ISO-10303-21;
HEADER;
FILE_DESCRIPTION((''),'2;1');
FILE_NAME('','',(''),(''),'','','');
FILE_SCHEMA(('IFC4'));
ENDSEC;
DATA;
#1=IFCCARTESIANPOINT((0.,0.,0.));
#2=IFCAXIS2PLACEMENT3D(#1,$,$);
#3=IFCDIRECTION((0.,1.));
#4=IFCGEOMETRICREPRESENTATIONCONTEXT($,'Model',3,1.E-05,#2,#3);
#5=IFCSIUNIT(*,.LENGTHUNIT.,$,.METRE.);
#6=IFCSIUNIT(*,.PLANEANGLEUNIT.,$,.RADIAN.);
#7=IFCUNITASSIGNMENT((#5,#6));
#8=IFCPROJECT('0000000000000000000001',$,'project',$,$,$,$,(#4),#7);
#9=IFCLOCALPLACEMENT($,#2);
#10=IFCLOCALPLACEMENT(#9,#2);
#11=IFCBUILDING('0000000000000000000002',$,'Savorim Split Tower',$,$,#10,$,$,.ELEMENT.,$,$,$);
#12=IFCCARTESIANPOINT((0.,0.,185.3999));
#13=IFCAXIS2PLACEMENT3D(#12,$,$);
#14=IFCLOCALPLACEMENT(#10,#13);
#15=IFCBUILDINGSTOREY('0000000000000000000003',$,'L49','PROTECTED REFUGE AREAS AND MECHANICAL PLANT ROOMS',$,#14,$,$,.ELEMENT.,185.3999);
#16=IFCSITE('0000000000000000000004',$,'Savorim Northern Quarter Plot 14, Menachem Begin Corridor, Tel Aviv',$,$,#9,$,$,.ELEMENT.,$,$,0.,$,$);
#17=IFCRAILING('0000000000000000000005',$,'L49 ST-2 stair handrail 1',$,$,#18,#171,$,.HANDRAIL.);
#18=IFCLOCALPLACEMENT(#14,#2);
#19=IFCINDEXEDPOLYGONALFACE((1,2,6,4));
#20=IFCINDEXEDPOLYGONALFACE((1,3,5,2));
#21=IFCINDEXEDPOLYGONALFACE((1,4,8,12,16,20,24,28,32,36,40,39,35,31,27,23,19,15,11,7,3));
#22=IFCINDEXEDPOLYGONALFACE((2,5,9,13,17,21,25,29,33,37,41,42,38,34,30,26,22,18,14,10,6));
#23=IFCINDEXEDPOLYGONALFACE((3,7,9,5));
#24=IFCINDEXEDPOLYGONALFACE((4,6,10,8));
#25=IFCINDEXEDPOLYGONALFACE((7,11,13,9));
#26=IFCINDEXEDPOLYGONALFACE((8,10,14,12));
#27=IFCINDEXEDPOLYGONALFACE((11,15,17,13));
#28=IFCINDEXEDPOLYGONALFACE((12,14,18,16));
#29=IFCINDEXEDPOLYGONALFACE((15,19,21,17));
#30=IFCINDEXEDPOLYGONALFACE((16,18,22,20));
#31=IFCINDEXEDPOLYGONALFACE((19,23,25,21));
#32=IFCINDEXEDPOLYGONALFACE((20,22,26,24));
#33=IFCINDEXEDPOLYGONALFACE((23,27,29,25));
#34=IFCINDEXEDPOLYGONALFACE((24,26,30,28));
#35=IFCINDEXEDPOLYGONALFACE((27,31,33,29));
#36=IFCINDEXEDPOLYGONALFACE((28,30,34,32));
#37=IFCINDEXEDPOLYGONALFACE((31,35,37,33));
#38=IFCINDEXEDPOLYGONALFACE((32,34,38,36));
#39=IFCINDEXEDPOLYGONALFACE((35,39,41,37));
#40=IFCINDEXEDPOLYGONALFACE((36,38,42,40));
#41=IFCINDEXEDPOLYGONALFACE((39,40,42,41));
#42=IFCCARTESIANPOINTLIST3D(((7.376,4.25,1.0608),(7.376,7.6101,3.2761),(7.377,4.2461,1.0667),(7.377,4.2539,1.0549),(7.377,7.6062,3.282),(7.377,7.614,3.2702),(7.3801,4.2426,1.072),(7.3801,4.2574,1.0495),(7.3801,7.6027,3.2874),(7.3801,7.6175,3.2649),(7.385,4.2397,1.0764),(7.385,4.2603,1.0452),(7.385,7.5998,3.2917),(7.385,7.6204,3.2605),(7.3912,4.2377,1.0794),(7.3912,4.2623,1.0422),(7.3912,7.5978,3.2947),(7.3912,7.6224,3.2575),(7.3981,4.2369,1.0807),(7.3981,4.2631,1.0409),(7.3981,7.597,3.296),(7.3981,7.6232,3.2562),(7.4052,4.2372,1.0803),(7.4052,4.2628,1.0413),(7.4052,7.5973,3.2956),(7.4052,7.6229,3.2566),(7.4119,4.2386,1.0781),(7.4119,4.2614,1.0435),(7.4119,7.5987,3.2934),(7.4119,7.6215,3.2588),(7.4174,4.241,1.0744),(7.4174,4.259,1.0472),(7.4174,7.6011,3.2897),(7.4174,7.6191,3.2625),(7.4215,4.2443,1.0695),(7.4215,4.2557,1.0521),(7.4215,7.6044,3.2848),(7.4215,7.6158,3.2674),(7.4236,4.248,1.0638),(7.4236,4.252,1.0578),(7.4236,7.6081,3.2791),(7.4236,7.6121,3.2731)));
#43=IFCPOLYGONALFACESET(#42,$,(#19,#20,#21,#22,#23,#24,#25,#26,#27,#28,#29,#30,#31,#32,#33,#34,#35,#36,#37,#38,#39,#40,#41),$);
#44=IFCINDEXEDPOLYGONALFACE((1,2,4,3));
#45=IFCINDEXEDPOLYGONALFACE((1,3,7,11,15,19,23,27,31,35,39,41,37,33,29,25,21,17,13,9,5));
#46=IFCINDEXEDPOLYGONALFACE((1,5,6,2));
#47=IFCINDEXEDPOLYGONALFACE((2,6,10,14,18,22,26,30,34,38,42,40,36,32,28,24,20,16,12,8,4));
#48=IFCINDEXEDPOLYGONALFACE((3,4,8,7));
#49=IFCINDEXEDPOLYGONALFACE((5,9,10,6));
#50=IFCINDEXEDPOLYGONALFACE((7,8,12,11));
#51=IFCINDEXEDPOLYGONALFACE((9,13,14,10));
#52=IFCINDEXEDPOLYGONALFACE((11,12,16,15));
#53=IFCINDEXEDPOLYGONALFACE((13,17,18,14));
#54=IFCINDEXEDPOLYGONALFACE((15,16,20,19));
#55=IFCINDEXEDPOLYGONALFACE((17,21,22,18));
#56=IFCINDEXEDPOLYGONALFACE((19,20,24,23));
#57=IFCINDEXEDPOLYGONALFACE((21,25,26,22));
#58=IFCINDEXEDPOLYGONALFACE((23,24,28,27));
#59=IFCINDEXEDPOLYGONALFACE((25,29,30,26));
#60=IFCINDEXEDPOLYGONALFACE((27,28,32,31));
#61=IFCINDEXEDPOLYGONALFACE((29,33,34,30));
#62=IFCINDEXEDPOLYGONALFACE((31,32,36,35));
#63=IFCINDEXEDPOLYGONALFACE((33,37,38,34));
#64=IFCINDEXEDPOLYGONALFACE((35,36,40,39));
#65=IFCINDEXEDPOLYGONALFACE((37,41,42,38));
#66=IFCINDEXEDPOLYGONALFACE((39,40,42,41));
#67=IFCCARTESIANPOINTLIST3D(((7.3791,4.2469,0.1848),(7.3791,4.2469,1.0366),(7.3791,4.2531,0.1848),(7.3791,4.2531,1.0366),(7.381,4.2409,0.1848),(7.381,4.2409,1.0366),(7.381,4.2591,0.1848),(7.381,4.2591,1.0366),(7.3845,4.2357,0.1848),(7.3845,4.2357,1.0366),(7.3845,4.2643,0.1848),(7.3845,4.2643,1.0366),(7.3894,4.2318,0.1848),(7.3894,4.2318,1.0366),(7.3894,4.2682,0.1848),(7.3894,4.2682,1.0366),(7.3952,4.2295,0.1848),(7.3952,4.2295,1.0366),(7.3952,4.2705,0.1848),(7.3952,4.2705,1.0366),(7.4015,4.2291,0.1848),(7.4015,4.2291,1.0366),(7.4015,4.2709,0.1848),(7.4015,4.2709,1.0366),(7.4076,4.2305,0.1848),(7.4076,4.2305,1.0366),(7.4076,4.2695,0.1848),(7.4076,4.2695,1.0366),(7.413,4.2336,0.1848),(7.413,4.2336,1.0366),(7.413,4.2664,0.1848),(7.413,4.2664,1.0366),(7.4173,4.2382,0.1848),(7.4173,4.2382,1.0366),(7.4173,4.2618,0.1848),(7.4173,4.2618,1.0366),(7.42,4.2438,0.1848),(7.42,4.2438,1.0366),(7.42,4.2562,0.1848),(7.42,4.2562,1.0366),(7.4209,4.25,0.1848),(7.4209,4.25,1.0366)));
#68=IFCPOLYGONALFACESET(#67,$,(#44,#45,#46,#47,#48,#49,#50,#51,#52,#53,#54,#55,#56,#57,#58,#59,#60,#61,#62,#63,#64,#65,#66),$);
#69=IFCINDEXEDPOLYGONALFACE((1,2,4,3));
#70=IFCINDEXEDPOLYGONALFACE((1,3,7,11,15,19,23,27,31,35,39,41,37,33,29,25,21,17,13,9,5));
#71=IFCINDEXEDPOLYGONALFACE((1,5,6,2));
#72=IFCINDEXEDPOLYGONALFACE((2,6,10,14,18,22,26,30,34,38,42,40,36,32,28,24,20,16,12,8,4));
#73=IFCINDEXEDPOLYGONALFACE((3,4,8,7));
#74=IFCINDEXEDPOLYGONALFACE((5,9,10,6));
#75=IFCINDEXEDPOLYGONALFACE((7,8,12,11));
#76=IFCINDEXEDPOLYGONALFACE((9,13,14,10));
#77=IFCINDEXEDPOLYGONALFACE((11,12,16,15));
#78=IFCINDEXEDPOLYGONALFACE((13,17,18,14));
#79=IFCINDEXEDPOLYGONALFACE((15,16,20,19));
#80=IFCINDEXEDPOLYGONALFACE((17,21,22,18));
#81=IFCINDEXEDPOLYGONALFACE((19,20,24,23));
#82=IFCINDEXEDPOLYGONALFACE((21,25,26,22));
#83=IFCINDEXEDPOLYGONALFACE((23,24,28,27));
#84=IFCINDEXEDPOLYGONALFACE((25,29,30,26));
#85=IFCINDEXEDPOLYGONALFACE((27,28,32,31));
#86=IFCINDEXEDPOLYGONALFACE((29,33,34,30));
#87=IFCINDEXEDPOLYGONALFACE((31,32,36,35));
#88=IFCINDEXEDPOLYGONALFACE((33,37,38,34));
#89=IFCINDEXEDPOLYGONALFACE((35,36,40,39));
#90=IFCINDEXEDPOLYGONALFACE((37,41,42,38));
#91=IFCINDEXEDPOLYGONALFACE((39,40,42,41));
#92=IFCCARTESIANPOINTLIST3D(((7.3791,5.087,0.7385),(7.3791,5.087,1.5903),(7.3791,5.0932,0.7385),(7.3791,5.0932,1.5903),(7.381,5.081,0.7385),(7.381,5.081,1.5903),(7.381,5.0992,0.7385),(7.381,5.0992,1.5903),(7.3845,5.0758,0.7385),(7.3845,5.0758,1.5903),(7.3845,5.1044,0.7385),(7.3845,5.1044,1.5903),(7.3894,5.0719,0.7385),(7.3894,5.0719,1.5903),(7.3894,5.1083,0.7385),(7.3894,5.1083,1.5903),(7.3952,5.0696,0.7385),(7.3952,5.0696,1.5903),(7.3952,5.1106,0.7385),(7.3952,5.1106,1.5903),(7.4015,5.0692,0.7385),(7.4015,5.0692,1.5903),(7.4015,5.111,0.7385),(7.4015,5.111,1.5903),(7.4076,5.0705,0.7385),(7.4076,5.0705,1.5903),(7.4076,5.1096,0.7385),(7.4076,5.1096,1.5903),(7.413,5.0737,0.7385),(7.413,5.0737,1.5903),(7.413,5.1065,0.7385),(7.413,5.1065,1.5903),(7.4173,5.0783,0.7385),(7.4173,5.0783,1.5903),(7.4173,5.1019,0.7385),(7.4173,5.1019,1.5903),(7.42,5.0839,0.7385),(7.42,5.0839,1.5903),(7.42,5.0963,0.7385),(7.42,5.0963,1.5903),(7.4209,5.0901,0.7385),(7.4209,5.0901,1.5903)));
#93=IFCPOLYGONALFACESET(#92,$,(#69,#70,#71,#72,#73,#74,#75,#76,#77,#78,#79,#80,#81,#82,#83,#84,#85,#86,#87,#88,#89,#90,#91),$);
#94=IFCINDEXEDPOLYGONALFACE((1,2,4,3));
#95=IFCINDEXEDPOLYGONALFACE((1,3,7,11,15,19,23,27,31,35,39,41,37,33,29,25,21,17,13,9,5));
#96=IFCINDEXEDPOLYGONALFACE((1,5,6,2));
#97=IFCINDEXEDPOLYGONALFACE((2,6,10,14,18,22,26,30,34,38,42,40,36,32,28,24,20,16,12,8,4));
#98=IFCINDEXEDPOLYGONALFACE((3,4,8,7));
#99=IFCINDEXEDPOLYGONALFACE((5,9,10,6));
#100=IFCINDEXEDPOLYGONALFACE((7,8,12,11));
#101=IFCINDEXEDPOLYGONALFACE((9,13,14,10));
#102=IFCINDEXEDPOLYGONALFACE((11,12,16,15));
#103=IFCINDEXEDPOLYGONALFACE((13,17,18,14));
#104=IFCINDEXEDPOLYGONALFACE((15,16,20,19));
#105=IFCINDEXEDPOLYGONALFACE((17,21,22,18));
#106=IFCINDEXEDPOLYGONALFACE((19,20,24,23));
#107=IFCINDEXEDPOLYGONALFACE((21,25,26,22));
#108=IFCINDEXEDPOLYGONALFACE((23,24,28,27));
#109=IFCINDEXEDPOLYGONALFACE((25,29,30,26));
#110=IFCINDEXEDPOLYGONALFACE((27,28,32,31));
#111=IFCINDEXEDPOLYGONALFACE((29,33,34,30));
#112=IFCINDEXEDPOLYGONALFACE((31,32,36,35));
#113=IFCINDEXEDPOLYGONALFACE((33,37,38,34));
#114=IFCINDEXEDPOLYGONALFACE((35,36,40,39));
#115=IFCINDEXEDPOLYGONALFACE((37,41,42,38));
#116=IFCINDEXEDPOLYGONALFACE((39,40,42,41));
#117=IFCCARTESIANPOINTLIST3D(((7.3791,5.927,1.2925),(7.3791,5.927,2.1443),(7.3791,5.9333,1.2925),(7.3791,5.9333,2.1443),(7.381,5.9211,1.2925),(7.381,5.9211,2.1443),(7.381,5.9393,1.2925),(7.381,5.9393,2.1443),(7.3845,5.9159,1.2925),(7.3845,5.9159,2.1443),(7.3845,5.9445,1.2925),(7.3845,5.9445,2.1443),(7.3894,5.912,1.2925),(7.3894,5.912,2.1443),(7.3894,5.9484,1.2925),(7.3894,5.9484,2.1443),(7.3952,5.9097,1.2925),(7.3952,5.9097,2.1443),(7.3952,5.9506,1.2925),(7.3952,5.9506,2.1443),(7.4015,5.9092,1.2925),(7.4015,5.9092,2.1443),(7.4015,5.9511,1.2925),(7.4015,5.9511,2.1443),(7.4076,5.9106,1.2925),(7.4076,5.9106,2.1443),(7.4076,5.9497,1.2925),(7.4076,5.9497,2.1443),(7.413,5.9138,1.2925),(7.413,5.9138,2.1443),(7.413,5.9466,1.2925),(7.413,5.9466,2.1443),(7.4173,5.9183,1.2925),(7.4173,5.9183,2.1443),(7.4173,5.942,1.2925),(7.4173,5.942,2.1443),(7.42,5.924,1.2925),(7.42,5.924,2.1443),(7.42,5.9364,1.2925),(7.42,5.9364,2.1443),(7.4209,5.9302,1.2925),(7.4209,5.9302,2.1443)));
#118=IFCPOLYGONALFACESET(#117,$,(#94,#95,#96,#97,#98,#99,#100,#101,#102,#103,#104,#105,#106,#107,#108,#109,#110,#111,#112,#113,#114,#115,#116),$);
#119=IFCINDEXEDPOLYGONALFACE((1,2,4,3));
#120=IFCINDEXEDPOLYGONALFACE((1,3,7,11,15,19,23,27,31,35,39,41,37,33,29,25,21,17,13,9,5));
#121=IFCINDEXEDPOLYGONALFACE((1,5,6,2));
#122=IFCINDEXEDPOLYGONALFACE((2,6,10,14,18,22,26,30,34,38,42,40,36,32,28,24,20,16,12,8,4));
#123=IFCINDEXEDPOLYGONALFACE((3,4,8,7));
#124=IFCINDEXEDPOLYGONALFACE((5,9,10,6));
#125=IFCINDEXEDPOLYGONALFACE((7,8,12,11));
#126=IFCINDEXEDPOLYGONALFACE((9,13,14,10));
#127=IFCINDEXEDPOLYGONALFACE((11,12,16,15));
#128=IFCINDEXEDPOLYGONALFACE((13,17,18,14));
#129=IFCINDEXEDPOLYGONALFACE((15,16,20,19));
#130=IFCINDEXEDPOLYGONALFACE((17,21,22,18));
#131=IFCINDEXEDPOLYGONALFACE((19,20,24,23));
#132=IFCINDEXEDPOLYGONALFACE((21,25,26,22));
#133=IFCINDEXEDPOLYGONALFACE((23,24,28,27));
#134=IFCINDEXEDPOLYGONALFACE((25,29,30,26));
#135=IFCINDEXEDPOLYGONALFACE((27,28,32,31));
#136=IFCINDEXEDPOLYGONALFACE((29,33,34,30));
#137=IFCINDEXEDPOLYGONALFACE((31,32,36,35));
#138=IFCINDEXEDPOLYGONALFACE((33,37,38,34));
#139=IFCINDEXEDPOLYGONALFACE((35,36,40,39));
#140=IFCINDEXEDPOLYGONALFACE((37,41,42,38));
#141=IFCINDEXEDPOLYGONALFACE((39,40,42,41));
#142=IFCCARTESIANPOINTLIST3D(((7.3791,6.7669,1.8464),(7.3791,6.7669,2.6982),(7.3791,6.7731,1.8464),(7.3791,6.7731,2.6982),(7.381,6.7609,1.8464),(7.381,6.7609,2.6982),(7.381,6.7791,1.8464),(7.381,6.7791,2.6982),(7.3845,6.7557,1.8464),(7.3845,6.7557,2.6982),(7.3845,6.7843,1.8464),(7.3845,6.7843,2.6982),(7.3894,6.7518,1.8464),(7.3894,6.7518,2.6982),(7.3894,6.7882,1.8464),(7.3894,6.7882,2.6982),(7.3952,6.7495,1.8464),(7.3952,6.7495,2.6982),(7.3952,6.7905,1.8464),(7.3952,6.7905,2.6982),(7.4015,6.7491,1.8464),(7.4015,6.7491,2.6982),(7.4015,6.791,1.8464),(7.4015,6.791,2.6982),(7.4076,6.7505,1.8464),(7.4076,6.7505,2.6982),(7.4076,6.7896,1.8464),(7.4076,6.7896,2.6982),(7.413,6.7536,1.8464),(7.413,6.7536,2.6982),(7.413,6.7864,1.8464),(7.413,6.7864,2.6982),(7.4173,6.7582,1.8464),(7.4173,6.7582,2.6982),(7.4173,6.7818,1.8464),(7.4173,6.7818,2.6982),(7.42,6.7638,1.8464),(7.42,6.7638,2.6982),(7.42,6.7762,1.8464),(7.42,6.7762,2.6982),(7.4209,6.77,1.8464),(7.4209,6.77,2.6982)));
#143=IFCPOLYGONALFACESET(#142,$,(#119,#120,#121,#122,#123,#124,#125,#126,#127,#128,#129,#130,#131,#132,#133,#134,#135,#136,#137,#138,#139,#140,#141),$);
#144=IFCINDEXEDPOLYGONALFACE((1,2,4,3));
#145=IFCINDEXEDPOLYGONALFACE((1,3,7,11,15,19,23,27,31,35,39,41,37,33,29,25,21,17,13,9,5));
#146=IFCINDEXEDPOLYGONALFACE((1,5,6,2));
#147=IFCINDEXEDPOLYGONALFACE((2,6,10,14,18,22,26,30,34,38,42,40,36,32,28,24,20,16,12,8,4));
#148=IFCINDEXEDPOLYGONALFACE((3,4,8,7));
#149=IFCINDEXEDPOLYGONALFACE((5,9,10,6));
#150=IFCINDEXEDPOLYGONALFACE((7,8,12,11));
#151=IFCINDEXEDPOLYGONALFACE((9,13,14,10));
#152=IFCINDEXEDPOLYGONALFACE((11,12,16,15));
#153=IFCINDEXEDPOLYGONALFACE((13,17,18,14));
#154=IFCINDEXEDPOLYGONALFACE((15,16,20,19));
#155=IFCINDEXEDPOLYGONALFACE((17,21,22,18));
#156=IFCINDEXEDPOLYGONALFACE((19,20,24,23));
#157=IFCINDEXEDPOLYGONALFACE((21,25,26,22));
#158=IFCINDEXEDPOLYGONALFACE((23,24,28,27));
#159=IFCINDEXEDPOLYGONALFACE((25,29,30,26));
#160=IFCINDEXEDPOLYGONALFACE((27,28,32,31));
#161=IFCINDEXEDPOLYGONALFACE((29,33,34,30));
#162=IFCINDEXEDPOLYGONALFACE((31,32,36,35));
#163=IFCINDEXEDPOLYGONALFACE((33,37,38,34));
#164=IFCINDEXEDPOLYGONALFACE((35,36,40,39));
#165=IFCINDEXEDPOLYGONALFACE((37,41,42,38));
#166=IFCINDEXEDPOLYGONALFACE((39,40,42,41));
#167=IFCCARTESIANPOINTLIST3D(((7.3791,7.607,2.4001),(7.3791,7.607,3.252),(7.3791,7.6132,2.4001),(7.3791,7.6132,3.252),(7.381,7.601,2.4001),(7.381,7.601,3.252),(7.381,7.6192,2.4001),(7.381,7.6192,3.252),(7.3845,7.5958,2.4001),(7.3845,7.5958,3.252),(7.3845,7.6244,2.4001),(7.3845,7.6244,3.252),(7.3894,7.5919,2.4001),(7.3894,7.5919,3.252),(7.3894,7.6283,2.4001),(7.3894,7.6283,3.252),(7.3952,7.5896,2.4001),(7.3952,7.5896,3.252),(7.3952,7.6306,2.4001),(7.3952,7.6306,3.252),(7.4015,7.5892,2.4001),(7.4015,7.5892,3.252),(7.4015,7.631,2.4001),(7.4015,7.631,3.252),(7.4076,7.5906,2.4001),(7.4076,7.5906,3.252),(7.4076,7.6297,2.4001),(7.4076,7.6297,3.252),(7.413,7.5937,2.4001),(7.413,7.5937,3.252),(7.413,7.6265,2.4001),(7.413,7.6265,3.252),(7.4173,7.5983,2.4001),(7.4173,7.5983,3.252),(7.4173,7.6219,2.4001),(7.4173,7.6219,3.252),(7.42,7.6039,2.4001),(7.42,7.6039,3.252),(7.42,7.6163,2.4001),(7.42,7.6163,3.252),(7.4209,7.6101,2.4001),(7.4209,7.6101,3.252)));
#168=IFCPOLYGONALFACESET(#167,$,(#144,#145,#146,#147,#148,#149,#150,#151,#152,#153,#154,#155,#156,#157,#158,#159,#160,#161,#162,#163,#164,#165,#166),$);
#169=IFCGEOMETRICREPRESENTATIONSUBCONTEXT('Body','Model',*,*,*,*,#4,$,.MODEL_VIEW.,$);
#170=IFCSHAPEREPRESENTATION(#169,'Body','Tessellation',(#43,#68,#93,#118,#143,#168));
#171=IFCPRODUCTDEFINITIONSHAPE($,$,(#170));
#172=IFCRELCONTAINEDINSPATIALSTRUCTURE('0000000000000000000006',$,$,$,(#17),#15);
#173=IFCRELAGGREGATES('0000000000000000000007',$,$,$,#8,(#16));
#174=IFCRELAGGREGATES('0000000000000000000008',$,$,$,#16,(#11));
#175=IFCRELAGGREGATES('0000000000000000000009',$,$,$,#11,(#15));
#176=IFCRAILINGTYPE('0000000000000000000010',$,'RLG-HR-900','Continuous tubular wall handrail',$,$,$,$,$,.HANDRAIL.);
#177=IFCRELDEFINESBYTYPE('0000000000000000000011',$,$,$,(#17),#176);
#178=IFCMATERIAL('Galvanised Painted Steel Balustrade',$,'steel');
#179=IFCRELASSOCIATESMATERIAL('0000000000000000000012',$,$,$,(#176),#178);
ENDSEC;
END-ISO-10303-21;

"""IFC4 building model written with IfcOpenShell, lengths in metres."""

from ifc_helpers import new_model, si_unit, direction, frame, origin, origin_2d, place, context, subcontext, project, spatial, circle, extrude, material, type_object, element, save


model = new_model("IFC4")

# Units and contexts
model_context = context("Model", 3, precision=1e-05, world=origin(), true_north=direction((0.0, 1.0)))
body_context = subcontext(model_context, "Body", "Model", "MODEL_VIEW")
ifc_project = project(units=[si_unit("LENGTHUNIT", "METRE"), si_unit("PLANEANGLEUNIT", "RADIAN")], contexts=[model_context])

# Site, building, storey
site_placement = place(None, origin())
site = spatial("IfcSite", under=ifc_project, at=site_placement, Name="Savorim Northern Quarter Plot 14, Menachem Begin Corridor, Tel Aviv", CompositionType="ELEMENT", RefElevation=0.0)
building_placement = place(site_placement, origin())
building = spatial("IfcBuilding", under=site, at=building_placement, Name="Savorim Split Tower", CompositionType="ELEMENT")
storey_placement = place(building_placement, frame((0.0, 0.0, 185.3999)))
storey = spatial("IfcBuildingStorey", under=building, at=storey_placement, Name="L49", Description="PROTECTED REFUGE AREAS AND MECHANICAL PLANT ROOMS", CompositionType="ELEMENT", Elevation=185.3999)

# Shared definitions
ifc_material_1 = material(Name="Galvanised Painted Steel Balustrade", Category="steel")

# Railing
railing_type_1 = type_object("IfcRailingType", Name="RLG-HR-900", Description="Continuous tubular wall handrail", PredefinedType="HANDRAIL", material=ifc_material_1)
railing_1_placement = place(storey_placement, frame((7.3999, 4.25, 0.1848)))
element("IfcRailing", 1, at=railing_1_placement, inside=storey, type_object=railing_type_1, Name="L49 ST-2 stair handrail 1", PredefinedType="HANDRAIL", context=body_context, shape_type="SweptSolid", body=[
    extrude(circle(Radius=0.0239, at=origin_2d()), frame((0.0, 0.0, 0.876), z_axis=(0.0, 0.834876, 0.550437), x_axis=(-1.0, 0.0, 0.0)), (0.0, 0.0, 1.0), 4.0247),
    extrude(circle(Radius=0.021, at=origin_2d()), origin(), (0.0, 0.0, 1.0), 0.8518),
    extrude(circle(Radius=0.021, at=origin_2d()), frame((0.0, 0.8401, 0.5537)), (0.0, 0.0, 1.0), 0.8518),
    extrude(circle(Radius=0.021, at=origin_2d()), frame((0.0, 1.6802, 1.1077)), (0.0, 0.0, 1.0), 0.8518),
    extrude(circle(Radius=0.021, at=origin_2d()), frame((0.0, 2.52, 1.6616)), (0.0, 0.0, 1.0), 0.8518),
    extrude(circle(Radius=0.021, at=origin_2d()), frame((0.0, 3.3601, 2.2153)), (0.0, 0.0, 1.0), 0.8518),
])

save(model, "model.ifc")
